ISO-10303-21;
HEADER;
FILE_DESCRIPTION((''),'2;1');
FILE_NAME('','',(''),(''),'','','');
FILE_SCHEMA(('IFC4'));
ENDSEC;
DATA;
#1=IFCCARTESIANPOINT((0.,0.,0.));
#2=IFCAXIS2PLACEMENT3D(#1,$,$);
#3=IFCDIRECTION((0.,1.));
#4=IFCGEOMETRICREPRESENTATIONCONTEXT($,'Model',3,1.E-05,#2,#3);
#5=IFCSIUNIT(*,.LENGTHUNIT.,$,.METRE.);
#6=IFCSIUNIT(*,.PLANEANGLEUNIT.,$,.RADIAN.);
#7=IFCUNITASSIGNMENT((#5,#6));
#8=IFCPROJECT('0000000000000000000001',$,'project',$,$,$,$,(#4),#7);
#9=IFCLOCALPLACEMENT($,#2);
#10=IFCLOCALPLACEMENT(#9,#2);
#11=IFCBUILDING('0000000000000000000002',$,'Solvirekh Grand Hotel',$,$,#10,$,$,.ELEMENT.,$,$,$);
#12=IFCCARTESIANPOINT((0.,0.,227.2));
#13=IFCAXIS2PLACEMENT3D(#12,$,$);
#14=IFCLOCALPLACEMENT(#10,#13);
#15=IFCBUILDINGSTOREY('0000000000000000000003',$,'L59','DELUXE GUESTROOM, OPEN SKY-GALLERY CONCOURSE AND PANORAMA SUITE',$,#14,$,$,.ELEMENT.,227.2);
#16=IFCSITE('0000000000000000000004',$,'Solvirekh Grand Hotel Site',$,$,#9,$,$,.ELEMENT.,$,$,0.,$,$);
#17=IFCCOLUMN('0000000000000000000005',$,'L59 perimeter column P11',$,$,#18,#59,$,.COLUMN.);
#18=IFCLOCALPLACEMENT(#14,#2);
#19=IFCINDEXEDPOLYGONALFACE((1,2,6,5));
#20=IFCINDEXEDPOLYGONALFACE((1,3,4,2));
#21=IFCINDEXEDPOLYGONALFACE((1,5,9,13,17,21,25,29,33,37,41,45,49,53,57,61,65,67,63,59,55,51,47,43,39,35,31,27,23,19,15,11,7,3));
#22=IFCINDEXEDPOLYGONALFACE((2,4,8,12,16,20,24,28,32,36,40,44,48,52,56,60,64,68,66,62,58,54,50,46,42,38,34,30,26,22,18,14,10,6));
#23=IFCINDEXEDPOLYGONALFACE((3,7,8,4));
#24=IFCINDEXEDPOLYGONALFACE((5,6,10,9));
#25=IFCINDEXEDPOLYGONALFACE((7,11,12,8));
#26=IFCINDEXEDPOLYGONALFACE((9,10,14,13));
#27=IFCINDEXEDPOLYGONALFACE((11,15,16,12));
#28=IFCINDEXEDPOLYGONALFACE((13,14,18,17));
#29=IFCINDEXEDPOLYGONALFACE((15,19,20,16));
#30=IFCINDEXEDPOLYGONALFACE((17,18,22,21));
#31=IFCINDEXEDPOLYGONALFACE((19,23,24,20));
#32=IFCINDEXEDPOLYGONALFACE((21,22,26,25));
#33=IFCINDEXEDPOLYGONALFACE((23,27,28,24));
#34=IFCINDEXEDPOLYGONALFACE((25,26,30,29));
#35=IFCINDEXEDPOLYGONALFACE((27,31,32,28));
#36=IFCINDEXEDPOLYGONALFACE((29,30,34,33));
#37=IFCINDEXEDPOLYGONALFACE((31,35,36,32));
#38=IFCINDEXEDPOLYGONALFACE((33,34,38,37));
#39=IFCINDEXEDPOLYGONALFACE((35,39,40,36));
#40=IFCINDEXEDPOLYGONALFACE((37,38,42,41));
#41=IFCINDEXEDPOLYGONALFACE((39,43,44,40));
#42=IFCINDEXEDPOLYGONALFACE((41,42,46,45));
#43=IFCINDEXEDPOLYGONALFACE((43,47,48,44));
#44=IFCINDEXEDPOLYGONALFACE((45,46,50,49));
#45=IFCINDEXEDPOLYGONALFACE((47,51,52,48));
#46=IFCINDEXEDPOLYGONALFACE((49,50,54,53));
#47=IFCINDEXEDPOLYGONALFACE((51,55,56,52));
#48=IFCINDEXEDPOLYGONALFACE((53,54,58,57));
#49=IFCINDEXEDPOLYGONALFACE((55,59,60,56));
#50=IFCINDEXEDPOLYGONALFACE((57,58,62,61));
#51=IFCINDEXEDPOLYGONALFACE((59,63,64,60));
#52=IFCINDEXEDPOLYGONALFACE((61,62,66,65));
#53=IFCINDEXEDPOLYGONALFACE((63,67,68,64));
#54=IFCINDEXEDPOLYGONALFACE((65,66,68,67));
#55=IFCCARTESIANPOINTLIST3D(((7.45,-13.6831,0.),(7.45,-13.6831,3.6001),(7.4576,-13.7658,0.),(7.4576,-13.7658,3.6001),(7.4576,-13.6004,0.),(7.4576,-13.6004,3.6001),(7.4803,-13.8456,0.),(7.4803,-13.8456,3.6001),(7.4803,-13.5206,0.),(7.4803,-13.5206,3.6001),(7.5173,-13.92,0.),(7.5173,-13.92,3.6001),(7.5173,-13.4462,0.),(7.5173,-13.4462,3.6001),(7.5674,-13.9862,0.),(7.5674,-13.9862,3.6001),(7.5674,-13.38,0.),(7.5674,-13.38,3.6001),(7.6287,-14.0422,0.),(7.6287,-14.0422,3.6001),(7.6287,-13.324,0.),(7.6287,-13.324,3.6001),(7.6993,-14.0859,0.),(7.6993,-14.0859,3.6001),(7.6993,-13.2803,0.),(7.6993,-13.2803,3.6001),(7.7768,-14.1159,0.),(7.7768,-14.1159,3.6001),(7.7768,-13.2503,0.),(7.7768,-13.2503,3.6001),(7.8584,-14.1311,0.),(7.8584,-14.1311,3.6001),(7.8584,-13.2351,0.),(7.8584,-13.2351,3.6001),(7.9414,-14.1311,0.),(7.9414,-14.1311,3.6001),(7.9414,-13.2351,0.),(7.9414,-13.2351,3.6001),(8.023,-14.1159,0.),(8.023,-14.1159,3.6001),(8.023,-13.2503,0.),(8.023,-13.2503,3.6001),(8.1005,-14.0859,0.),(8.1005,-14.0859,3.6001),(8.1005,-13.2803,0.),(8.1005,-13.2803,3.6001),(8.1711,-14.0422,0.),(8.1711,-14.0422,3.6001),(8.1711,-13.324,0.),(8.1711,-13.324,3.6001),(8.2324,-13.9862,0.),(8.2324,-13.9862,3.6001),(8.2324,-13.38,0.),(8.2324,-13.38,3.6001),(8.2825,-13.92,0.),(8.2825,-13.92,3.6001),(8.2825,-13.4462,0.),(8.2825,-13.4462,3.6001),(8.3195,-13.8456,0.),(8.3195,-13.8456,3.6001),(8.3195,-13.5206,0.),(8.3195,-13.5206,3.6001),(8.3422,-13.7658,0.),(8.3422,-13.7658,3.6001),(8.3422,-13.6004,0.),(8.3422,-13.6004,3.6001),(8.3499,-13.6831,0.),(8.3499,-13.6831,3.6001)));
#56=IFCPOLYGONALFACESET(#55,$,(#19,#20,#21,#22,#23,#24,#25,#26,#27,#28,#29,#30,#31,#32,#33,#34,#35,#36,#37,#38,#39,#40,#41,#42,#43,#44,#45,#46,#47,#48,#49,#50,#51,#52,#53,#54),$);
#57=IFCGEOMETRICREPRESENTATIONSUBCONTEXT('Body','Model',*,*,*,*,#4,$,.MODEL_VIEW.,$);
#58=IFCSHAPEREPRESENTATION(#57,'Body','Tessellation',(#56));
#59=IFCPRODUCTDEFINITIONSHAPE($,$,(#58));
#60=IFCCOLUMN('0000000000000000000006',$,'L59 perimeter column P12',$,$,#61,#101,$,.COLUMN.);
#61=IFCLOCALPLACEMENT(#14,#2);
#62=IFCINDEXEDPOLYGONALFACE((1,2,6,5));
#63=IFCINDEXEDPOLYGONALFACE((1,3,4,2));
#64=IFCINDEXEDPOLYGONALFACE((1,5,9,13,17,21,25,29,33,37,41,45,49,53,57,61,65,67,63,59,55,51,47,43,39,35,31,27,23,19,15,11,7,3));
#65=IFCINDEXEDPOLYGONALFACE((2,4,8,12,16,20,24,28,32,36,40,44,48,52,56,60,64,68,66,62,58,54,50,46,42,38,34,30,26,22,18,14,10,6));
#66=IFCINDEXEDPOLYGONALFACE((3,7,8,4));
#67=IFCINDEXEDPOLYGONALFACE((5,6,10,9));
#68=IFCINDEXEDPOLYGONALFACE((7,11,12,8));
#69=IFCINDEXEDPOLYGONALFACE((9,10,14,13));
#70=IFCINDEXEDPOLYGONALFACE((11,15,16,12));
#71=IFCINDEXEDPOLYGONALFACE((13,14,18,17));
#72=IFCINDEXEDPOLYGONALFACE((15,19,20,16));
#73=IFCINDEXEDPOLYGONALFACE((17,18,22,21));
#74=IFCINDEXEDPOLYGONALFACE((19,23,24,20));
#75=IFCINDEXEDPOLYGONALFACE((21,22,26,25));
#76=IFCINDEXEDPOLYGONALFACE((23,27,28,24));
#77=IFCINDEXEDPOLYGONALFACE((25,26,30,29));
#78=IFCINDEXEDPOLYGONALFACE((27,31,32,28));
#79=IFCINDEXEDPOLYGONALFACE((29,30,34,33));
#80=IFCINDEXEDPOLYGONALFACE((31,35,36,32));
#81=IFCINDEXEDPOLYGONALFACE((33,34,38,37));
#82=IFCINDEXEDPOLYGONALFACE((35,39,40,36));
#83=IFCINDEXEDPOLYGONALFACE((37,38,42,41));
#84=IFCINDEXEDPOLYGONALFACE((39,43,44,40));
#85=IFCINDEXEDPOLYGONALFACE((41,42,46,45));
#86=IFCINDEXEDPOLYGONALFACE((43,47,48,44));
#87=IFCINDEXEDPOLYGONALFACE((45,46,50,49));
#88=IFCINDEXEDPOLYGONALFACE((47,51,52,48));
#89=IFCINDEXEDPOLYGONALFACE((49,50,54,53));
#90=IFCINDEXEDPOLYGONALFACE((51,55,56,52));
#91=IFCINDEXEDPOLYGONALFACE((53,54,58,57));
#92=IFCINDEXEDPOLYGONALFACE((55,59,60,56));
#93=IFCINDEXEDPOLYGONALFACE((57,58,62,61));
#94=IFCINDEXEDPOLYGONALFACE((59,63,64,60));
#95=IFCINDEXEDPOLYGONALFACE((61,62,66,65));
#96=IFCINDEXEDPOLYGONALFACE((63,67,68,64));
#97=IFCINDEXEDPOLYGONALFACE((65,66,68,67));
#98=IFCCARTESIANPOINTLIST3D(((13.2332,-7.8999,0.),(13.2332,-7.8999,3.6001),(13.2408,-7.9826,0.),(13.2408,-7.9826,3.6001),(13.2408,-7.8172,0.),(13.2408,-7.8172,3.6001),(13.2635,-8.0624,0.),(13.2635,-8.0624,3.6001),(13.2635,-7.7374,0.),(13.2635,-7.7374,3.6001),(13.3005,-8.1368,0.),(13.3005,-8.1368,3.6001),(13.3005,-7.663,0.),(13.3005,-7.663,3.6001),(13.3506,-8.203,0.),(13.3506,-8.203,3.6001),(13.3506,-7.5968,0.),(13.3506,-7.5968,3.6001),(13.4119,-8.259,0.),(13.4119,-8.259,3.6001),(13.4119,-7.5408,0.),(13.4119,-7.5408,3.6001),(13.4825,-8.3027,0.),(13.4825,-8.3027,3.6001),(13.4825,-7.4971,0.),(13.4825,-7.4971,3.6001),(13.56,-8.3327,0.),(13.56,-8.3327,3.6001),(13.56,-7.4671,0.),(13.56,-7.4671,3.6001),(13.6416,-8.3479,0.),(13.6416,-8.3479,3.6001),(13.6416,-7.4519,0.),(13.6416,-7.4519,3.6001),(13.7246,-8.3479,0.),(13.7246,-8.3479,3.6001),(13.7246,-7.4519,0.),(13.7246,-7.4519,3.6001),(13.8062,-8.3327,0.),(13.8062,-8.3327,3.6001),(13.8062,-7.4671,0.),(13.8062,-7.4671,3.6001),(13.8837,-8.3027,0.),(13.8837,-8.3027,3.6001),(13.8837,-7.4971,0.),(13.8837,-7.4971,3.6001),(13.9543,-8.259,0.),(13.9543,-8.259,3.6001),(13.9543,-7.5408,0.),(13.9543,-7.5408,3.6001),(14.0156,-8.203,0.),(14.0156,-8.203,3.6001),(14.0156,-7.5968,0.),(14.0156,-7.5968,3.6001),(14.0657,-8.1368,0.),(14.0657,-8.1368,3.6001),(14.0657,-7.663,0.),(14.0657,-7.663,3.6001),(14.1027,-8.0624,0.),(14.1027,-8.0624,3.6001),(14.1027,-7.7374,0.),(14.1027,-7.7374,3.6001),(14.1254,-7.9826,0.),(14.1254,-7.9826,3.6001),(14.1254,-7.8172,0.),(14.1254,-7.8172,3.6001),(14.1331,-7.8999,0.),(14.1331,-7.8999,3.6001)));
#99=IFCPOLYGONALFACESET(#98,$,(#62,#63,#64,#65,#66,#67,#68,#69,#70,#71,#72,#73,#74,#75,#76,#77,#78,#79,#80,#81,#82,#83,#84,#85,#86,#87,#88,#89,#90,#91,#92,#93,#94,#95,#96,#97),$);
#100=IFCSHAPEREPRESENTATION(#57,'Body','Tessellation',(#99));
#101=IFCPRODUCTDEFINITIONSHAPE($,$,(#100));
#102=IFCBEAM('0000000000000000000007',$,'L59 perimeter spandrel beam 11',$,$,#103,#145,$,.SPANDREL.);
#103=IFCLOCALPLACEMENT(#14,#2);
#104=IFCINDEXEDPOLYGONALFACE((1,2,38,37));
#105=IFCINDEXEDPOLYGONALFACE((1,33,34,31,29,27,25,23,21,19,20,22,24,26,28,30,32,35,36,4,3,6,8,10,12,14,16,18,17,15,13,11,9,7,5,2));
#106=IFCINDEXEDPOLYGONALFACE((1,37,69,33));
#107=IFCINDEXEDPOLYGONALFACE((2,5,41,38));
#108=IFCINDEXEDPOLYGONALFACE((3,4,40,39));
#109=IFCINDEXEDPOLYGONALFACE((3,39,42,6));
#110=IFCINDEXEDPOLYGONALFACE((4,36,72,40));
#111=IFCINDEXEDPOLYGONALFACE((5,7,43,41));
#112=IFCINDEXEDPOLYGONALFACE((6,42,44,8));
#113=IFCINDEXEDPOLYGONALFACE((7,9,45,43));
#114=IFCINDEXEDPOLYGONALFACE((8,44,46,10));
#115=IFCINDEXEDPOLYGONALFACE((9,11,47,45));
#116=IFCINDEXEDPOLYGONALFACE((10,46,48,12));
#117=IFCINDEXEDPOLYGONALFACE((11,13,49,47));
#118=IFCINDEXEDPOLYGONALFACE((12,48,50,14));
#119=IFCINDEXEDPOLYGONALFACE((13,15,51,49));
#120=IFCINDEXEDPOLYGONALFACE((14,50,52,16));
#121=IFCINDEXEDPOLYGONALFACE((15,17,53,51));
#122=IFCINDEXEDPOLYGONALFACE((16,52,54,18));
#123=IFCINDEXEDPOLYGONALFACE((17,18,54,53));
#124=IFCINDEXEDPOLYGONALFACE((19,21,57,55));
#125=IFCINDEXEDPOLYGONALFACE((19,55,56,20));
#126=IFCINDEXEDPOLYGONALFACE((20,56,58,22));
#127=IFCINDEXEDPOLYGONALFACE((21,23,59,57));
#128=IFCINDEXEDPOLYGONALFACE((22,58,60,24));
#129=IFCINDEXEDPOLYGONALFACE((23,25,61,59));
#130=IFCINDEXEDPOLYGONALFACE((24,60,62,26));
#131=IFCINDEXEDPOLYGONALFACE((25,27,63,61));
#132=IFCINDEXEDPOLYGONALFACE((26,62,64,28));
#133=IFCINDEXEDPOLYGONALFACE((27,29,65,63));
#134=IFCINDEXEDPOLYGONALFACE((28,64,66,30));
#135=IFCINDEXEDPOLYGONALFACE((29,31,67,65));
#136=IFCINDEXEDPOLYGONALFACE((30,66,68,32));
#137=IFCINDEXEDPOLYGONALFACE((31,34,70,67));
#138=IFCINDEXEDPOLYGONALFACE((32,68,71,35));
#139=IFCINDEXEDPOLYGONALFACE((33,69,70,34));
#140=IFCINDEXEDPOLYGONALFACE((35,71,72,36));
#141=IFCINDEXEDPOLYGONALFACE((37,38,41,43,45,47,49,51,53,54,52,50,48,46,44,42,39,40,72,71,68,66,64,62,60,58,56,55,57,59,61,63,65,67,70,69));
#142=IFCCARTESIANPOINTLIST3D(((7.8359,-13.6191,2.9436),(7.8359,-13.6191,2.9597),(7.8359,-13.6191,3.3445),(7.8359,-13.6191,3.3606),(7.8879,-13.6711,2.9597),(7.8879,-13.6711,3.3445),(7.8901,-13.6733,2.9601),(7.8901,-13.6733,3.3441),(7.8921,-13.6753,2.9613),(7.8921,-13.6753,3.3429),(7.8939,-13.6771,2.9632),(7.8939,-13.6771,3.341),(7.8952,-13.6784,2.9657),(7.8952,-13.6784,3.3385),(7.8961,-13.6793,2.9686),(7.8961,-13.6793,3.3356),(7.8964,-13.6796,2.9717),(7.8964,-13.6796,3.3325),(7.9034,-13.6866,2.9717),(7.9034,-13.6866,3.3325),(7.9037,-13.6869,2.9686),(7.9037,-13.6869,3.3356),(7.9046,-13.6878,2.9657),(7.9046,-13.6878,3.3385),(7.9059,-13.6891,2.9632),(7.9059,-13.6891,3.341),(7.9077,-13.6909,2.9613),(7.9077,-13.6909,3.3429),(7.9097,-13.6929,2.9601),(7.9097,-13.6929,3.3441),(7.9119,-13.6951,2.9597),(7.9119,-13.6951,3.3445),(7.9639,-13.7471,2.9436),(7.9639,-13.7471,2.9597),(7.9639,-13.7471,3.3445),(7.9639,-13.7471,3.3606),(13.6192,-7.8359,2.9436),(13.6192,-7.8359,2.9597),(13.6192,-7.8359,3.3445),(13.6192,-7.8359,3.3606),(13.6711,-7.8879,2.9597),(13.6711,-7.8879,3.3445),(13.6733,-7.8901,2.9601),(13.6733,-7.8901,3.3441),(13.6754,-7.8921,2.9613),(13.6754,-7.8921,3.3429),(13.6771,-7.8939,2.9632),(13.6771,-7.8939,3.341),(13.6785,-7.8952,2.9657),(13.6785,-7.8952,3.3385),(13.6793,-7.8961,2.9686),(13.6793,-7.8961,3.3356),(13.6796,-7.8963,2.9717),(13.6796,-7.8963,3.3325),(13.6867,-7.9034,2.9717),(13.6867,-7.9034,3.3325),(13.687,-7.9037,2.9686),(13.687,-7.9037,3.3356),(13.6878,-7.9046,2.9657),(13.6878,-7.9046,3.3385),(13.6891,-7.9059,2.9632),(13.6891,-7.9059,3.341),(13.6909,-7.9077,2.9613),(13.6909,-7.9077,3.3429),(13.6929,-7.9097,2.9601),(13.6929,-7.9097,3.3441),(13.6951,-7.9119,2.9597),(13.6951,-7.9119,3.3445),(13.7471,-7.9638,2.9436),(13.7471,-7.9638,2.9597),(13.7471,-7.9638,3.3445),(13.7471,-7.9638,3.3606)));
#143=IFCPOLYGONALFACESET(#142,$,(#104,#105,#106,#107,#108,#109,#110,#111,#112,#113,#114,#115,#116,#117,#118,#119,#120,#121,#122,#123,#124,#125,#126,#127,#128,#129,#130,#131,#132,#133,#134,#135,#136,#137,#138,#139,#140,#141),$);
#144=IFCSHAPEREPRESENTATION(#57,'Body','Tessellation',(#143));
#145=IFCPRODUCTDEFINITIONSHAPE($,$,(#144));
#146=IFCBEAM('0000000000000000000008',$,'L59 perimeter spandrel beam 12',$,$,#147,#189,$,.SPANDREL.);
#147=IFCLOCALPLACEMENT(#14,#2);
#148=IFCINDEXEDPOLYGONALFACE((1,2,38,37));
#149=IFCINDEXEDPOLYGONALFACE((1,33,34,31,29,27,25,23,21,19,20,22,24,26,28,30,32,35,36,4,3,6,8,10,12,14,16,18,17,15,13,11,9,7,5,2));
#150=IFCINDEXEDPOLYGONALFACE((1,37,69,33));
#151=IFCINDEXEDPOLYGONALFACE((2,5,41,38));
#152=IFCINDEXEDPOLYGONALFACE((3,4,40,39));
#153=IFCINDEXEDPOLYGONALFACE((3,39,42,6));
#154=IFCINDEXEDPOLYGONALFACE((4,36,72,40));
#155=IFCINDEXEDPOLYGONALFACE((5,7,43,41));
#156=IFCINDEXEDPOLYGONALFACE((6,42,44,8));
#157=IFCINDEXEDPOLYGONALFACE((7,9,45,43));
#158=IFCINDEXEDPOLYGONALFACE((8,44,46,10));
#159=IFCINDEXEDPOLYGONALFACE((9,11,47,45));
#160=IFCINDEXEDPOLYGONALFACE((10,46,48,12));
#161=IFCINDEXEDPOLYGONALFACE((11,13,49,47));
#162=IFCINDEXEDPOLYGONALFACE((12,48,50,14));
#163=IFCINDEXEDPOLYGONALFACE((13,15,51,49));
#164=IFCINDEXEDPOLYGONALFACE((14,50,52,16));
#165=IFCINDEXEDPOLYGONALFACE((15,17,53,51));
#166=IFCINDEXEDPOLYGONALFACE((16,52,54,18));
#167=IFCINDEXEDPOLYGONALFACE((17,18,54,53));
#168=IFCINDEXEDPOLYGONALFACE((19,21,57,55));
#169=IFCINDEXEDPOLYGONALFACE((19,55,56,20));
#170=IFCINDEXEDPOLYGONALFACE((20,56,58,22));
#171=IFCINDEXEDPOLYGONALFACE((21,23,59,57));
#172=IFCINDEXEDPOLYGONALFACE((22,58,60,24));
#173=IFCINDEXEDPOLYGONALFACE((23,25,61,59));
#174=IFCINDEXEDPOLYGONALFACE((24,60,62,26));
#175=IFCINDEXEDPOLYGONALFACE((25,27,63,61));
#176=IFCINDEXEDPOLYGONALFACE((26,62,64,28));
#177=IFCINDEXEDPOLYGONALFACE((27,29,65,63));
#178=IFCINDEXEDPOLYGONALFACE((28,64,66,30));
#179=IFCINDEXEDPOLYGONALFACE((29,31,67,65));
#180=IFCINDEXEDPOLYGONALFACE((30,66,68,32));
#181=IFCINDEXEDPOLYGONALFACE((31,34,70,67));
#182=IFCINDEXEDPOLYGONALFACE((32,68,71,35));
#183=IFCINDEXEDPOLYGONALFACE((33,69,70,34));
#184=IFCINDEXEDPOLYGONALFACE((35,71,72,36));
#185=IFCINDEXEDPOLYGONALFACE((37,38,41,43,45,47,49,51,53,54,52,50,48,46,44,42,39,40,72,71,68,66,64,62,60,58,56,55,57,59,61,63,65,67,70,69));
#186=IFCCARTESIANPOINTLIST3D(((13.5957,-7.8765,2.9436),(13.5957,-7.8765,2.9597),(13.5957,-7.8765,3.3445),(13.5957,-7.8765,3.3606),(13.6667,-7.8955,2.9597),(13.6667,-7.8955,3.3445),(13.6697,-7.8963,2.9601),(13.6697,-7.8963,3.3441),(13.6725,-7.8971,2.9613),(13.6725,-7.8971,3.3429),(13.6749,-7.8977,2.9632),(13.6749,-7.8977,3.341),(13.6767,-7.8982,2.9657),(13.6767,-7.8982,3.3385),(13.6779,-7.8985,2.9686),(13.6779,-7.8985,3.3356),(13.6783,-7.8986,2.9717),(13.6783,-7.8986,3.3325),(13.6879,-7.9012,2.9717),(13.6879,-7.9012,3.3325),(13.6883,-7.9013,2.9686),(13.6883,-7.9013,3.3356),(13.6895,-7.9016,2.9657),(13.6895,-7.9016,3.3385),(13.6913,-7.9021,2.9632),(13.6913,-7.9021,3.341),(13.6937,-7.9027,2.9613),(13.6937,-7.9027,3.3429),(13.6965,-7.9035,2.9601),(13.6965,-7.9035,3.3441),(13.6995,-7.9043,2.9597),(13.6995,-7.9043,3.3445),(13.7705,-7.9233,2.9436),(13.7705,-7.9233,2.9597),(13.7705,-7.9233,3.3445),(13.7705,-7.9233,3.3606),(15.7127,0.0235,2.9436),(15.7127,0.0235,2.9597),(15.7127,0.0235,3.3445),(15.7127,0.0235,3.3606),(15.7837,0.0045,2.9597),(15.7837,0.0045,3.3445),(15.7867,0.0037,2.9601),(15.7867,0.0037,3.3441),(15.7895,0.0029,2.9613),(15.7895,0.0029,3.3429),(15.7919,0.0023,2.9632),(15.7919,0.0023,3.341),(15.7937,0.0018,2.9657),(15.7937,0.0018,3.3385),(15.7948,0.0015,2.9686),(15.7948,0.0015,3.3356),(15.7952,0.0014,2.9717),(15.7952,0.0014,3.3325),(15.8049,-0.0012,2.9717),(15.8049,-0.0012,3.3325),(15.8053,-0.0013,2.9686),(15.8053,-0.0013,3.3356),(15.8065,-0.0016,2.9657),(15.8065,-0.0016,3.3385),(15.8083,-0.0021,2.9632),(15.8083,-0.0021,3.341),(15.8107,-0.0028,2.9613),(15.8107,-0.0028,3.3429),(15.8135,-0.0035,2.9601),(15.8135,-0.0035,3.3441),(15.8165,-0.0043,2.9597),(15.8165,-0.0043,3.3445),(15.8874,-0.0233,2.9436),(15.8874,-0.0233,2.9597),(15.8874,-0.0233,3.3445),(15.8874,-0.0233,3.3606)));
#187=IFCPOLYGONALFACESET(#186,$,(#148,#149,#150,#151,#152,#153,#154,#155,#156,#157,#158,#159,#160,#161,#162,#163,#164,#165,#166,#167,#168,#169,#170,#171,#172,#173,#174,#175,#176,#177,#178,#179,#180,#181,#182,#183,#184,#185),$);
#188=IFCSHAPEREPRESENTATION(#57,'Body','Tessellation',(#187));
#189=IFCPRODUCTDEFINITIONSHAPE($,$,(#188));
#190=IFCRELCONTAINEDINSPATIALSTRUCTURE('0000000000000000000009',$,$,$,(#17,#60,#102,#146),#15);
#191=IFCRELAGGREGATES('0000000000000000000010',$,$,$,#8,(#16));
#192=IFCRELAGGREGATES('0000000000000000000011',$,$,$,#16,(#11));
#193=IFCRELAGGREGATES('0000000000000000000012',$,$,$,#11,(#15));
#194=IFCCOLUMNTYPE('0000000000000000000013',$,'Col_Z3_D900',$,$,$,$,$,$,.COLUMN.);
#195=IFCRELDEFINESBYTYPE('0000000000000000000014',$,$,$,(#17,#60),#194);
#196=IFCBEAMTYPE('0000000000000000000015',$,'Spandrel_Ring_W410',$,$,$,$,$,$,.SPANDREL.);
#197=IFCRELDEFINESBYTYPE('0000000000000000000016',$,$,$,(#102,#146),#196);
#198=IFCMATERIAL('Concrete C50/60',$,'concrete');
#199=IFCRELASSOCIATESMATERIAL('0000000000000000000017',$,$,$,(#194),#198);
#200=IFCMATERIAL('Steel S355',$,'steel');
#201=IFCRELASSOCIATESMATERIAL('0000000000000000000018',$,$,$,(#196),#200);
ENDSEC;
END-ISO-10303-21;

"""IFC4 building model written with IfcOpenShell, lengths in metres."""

from ifc_helpers import new_model, si_unit, direction, frame, origin, origin_2d, place, context, subcontext, project, spatial, circle, i_section, extrude, material, material_profile, profile_set, type_object, element, save


model = new_model("IFC4")

# Units and contexts
model_context = context("Model", 3, precision=1e-05, world=origin(), true_north=direction((0.0, 1.0)))
body_context = subcontext(model_context, "Body", "Model", "MODEL_VIEW")
ifc_project = project(units=[si_unit("LENGTHUNIT", "METRE"), si_unit("PLANEANGLEUNIT", "RADIAN")], contexts=[model_context])

# Site, building, storey
site_placement = place(None, origin())
site = spatial("IfcSite", under=ifc_project, at=site_placement, Name="Solvirekh Grand Hotel Site", CompositionType="ELEMENT", RefElevation=0.0)
building_placement = place(site_placement, origin())
building = spatial("IfcBuilding", under=site, at=building_placement, Name="Solvirekh Grand Hotel", CompositionType="ELEMENT")
storey_placement = place(building_placement, frame((0.0, 0.0, 227.2)))
storey = spatial("IfcBuildingStorey", under=building, at=storey_placement, Name="L59", Description="DELUXE GUESTROOM, OPEN SKY-GALLERY CONCOURSE AND PANORAMA SUITE", CompositionType="ELEMENT", Elevation=227.2)

# Columns
ifc_material_1 = material(Name="Concrete C50/60", Category="concrete")
ifc_material_profile_1 = material_profile(ifc_material_1, circle(Radius=0.45, at=origin_2d()), Name="RC CIRC D900")
ifc_profile_set_1 = profile_set([ifc_material_profile_1], Name="Concrete C50/60")
column_type = type_object("IfcColumnType", Name="Col_Z3_D900", PredefinedType="COLUMN", material=ifc_profile_set_1)
for number, where, z_axis, x_axis, name in (
    (1, (7.8999, -13.6831, 0.0), (0.0, 0.0, 1.0), (1.0, 0.0, 0.0), "L59 perimeter column P11"),
    (2, (13.6831, -7.8999, 0.0), (0.0, 0.0, 1.0), (1.0, 0.0, 0.0), "L59 perimeter column P12"),
):
    element("IfcColumn", number, at=place(storey_placement, frame(where, z_axis=z_axis, x_axis=x_axis)), inside=storey, type_object=column_type, Name=name, PredefinedType="COLUMN", context=body_context, shape_type="SweptSolid", body=[
        extrude(circle(Radius=0.45, at=origin_2d()), origin(), (0.0, 0.0, 1.0), 3.6001),
    ])

# Beams
ifc_material_2 = material(Name="Steel S355", Category="steel")
ifc_material_profile_2 = material_profile(ifc_material_2, i_section(OverallWidth=0.1809, OverallDepth=0.417, WebThickness=0.01, FlangeThickness=0.0161, FilletRadius=0.012, at=origin_2d()), Name="W410X85")
ifc_profile_set_2 = profile_set([ifc_material_profile_2], Name="Steel S355")
beam_type = type_object("IfcBeamType", Name="Spandrel_Ring_W410", PredefinedType="SPANDREL", material=ifc_profile_set_2)
for number, where, z_axis, x_axis, name in (
    (3, (7.8999, -13.6831, 3.1521), (0.707107, 0.707107, 0.0), (-0.707107, 0.707107, 0.0), "L59 perimeter spandrel beam 11"),
    (4, (13.6831, -7.8999, 3.1521), (0.258839, 0.965921, 0.0), (-0.965921, 0.258839, 0.0), "L59 perimeter spandrel beam 12"),
):
    element("IfcBeam", number, at=place(storey_placement, frame(where, z_axis=z_axis, x_axis=x_axis)), inside=storey, type_object=beam_type, Name=name, PredefinedType="SPANDREL", context=body_context, shape_type="SweptSolid", body=[
        extrude(i_section(OverallWidth=0.1809, OverallDepth=0.417, WebThickness=0.01, FlangeThickness=0.0161, FilletRadius=0.012, at=origin_2d()), origin(), (0.0, 0.0, 1.0), 8.1787),
    ])

save(model, "model.ifc")
